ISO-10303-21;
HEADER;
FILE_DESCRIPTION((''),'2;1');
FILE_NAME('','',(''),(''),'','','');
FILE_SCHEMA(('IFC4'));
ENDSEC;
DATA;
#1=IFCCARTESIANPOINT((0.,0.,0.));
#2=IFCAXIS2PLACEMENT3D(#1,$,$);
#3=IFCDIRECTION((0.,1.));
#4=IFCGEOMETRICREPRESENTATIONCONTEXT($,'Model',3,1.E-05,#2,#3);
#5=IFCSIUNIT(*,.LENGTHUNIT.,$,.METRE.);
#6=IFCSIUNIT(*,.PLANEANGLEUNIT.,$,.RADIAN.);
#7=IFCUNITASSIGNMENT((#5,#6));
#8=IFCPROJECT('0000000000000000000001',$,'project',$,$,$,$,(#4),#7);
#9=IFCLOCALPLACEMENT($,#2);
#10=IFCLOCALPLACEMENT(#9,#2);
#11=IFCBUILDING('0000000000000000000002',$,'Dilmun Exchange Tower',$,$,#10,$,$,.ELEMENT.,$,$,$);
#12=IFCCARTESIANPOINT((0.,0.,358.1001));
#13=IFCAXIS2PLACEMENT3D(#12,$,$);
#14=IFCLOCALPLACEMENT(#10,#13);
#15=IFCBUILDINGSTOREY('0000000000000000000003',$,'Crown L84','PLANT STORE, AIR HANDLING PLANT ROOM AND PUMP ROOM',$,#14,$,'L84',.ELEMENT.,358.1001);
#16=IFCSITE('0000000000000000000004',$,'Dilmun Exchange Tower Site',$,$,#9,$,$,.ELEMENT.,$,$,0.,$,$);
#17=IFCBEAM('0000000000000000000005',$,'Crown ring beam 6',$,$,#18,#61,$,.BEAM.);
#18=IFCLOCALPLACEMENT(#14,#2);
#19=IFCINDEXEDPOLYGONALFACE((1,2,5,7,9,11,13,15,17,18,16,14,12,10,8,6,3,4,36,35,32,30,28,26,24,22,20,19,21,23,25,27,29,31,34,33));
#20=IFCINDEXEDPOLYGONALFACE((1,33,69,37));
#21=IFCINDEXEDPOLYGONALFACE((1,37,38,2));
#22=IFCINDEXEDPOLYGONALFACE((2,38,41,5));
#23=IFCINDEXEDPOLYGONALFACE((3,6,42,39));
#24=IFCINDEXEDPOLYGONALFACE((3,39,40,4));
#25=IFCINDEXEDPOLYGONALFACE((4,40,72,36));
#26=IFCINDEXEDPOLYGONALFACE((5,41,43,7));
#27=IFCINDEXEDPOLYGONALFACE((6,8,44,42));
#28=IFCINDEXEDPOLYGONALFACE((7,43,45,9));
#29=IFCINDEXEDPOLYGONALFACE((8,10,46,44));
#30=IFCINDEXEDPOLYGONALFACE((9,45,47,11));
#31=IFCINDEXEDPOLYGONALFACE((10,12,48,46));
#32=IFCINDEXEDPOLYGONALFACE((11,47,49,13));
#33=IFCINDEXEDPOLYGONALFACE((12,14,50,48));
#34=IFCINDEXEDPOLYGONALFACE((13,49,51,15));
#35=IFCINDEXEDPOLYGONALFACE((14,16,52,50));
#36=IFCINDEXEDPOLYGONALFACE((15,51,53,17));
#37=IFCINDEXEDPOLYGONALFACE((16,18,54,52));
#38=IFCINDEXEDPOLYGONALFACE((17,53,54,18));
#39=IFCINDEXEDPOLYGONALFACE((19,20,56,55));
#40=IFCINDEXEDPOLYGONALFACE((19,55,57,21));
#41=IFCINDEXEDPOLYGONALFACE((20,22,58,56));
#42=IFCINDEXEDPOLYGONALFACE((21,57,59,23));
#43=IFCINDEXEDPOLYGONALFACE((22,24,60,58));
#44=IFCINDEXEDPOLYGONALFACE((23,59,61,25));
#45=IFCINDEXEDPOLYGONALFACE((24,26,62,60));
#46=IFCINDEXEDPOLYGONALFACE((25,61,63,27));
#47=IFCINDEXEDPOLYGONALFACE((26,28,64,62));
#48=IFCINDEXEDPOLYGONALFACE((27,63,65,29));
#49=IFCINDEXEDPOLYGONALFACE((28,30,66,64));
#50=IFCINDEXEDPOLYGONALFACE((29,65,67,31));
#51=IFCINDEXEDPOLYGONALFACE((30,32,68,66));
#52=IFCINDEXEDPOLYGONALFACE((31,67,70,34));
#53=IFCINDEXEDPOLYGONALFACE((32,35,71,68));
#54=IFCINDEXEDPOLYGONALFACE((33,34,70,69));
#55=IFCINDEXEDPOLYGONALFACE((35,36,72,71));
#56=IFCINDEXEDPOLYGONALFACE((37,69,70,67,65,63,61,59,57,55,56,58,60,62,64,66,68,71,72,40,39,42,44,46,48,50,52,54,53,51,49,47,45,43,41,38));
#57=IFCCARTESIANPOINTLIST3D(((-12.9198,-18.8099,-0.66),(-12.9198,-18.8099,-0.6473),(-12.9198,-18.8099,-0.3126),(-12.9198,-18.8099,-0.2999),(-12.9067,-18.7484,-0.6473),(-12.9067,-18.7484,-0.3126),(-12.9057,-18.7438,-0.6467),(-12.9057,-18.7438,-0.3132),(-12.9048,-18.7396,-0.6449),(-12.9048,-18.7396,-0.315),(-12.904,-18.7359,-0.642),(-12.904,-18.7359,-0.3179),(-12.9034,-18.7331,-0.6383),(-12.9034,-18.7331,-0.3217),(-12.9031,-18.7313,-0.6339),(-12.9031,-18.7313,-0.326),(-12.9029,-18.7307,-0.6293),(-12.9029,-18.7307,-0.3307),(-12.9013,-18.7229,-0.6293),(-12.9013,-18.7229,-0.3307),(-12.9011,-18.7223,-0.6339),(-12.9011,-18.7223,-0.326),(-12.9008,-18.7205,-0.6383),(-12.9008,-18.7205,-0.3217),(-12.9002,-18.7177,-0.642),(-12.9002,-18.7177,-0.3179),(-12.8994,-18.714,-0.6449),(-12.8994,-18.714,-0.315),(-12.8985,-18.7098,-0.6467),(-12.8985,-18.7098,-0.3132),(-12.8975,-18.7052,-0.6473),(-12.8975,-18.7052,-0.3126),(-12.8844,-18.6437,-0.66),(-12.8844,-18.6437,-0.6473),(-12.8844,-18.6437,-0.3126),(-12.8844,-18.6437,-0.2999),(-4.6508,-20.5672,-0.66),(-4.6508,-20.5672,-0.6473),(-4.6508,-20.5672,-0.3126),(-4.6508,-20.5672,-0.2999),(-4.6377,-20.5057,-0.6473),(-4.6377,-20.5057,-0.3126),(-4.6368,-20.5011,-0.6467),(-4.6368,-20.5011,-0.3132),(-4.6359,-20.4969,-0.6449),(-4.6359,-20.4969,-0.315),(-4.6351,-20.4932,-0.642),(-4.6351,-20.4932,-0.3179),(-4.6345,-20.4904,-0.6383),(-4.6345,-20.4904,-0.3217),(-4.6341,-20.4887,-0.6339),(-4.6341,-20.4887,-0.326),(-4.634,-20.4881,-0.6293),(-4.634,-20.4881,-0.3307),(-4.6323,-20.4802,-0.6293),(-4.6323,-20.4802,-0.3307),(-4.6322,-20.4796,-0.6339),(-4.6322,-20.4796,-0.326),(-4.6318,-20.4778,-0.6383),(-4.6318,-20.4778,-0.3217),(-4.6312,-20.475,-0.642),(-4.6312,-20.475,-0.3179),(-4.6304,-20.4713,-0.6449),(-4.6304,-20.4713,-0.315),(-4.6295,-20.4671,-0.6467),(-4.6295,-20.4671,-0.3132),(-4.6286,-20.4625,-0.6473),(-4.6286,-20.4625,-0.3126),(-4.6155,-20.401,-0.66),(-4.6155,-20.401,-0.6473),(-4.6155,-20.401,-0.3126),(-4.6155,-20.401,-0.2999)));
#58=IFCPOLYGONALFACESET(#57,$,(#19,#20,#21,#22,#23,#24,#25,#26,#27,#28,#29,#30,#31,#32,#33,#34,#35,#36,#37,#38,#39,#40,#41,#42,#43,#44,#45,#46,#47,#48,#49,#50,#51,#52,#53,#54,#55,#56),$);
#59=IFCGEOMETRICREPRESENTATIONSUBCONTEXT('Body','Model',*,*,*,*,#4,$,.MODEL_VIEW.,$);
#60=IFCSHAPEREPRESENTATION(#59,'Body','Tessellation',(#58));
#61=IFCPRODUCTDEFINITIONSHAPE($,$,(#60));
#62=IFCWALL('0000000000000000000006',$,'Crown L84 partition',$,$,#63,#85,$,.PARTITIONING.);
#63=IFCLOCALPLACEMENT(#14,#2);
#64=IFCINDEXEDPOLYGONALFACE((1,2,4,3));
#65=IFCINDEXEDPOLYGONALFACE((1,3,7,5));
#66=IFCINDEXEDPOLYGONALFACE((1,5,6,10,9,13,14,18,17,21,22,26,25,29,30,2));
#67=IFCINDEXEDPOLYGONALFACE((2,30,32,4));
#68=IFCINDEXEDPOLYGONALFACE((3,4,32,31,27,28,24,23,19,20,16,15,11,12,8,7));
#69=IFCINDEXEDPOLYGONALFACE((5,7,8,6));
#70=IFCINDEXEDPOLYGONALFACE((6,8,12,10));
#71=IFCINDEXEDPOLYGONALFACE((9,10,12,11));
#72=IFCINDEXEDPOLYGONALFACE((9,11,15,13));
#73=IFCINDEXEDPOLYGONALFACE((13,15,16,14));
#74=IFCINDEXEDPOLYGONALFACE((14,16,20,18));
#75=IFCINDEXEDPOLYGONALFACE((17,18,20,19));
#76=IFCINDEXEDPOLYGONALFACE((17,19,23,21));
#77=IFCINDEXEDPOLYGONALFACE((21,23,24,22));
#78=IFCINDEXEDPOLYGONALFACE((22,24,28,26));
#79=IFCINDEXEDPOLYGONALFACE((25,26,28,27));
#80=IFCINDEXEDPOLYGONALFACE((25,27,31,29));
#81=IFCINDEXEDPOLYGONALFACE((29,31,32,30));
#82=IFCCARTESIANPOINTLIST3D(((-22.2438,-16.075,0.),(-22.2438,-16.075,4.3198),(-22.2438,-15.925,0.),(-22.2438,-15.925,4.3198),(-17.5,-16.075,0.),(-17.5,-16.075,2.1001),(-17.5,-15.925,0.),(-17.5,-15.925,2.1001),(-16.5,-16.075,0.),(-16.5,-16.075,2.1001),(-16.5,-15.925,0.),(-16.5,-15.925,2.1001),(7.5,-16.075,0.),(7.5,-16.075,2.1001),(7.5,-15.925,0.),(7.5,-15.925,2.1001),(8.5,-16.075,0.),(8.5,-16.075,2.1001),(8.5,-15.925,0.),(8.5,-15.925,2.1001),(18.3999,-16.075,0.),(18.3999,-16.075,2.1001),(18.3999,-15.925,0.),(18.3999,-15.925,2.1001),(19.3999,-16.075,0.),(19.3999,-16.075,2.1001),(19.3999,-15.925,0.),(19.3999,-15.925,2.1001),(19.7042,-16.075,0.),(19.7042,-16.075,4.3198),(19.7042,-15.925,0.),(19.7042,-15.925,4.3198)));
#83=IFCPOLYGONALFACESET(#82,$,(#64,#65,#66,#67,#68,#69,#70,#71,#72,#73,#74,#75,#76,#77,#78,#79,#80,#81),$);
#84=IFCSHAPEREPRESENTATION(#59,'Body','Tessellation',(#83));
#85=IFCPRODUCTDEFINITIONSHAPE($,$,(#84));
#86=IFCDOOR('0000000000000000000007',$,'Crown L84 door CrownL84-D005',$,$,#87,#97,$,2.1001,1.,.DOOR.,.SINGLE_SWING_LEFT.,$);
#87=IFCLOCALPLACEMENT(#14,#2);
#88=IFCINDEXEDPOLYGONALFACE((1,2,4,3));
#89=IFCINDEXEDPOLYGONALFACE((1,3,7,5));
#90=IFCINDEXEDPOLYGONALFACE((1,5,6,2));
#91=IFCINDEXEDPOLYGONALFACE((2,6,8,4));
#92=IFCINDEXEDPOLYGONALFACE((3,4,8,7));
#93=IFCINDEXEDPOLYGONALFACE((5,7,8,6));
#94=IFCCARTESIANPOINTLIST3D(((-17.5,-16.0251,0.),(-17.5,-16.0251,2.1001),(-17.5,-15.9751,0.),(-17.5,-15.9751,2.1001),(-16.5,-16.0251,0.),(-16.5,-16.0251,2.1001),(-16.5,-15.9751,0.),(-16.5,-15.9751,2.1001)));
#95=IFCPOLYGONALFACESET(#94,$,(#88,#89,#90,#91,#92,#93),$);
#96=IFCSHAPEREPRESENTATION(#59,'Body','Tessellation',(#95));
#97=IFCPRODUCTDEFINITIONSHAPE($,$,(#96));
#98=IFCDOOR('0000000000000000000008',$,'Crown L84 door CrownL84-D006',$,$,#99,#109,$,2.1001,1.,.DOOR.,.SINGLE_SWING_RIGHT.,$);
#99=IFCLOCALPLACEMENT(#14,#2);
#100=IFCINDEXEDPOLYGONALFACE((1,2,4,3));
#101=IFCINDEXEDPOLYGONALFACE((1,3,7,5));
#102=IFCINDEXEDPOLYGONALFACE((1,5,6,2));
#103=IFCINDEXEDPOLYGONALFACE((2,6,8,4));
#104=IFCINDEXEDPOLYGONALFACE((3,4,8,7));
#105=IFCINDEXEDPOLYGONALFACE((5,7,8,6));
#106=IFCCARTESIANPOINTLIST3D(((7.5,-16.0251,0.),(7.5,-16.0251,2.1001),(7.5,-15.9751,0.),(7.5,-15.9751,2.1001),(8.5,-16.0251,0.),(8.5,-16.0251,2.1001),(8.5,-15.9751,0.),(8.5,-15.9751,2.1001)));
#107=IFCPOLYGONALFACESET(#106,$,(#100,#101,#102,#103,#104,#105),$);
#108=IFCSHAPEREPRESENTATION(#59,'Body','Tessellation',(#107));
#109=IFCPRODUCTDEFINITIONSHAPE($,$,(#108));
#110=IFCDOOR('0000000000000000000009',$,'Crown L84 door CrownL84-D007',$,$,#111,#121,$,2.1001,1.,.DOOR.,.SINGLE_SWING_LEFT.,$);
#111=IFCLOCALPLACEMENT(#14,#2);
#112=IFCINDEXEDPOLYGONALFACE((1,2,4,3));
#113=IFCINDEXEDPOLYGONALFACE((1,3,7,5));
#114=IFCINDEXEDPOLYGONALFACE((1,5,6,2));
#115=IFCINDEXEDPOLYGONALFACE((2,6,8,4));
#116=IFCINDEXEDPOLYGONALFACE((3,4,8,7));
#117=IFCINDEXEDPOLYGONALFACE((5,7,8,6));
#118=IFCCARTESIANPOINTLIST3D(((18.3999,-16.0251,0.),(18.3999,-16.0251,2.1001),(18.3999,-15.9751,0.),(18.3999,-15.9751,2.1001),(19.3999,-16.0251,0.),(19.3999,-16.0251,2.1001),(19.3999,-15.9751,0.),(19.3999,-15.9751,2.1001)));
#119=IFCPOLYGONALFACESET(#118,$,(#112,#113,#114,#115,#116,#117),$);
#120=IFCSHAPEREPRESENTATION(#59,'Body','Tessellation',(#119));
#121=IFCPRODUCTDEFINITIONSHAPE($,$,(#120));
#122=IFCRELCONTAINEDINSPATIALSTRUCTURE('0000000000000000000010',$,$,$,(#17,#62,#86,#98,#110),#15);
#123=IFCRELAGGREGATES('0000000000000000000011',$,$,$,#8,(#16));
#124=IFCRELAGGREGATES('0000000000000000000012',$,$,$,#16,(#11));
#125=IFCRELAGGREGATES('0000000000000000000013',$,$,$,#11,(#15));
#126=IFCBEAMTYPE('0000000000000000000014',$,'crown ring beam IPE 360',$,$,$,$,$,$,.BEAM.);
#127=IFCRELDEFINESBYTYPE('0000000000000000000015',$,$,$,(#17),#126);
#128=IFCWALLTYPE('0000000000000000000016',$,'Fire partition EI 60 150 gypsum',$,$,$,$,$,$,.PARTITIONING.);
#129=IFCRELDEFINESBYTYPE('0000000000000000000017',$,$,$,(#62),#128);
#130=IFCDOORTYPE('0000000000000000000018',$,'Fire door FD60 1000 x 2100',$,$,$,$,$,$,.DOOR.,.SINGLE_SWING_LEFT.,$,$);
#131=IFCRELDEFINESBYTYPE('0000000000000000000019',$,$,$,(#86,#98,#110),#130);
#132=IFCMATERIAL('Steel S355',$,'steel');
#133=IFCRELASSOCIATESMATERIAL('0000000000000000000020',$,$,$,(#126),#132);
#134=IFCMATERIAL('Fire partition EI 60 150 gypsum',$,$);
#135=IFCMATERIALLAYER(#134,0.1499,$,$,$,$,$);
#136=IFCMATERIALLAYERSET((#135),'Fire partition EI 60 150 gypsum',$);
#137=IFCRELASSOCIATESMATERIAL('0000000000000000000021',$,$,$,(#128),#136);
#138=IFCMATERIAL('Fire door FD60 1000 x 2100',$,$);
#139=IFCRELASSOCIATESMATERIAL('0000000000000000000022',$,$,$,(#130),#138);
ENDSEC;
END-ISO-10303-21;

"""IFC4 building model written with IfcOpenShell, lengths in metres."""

from ifc_helpers import new_model, si_unit, direction, frame, frame_2d, origin, origin_2d, place, context, subcontext, project, spatial, rectangle, i_section, extrude, material, layer, layer_set, material_profile, profile_set, type_object, element, fill, save


model = new_model("IFC4")

# Units and contexts
model_context = context("Model", 3, precision=1e-05, world=origin(), true_north=direction((0.0, 1.0)))
body_context = subcontext(model_context, "Body", "Model", "MODEL_VIEW")
ifc_project = project(units=[si_unit("LENGTHUNIT", "METRE"), si_unit("PLANEANGLEUNIT", "RADIAN")], contexts=[model_context])

# Site, building, storey
site_placement = place(None, origin())
site = spatial("IfcSite", under=ifc_project, at=site_placement, Name="Dilmun Exchange Tower Site", CompositionType="ELEMENT", RefElevation=0.0)
building_placement = place(site_placement, origin())
building = spatial("IfcBuilding", under=site, at=building_placement, Name="Dilmun Exchange Tower", CompositionType="ELEMENT")
storey_placement = place(building_placement, frame((0.0, 0.0, 358.1001)))
storey = spatial("IfcBuildingStorey", under=building, at=storey_placement, Name="Crown L84", Description="PLANT STORE, AIR HANDLING PLANT ROOM AND PUMP ROOM", LongName="L84", CompositionType="ELEMENT", Elevation=358.1001)

# Beam
ifc_material_1 = material(Name="Steel S355", Category="steel")
ifc_material_profile_1 = material_profile(ifc_material_1, i_section(OverallWidth=0.1699, OverallDepth=0.3601, WebThickness=0.0081, FlangeThickness=0.0127, FilletRadius=0.0181, at=origin_2d()), Name="IPE 360")
ifc_profile_set_1 = profile_set([ifc_material_profile_1], Name="Steel S355")
beam_type_1 = type_object("IfcBeamType", Name="crown ring beam IPE 360", PredefinedType="BEAM", material=ifc_profile_set_1)
beam_1_placement = place(storey_placement, frame((-12.9021, -18.7268, -0.48), z_axis=(0.978155, -0.207876, 0.0), x_axis=(0.207876, 0.978155, 0.0)))
element("IfcBeam", 1, at=beam_1_placement, inside=storey, type_object=beam_type_1, Name="Crown ring beam 6", PredefinedType="BEAM", context=body_context, shape_type="SweptSolid", body=[
    extrude(i_section(OverallWidth=0.1699, OverallDepth=0.3601, WebThickness=0.0081, FlangeThickness=0.0127, FilletRadius=0.0181, at=origin_2d()), origin(), (0.0, 0.0, 1.0), 8.4536),
])

# Wall, openings, doors
ifc_material_2 = material(Name="Fire partition EI 60 150 gypsum")
ifc_layer_1 = layer(ifc_material_2, 0.1499)
ifc_layer_set_1 = layer_set([ifc_layer_1], Name="Fire partition EI 60 150 gypsum")
wall_type_1 = type_object("IfcWallType", Name="Fire partition EI 60 150 gypsum", PredefinedType="PARTITIONING", material=ifc_layer_set_1)
wall_1_placement = place(storey_placement, frame((-22.2439, -16.0, 0.0), z_axis=(0.0, 0.0, 1.0), x_axis=(1.0, 0.0, 0.0)))
wall_1 = element("IfcWall", 2, at=wall_1_placement, inside=storey, type_object=wall_type_1, Name="Crown L84 partition", PredefinedType="PARTITIONING", context=body_context, shape_type="SweptSolid", body=[
    extrude(rectangle(XDim=41.948, YDim=0.1499, at=frame_2d((20.9741, 0.0))), origin(), (0.0, 0.0, 1.0), 4.3198),
])
opening_1_placement = place(wall_1_placement, frame((4.7439, 0.0, 0.0)))
opening_1 = element("IfcOpeningElement", 3, at=opening_1_placement, cuts=wall_1, PredefinedType="OPENING", context=body_context, shape_type="SweptSolid", body=[
    extrude(rectangle(XDim=1.0, YDim=2.1001, at=frame_2d((0.5, 1.05))), frame((0.0, 0.085, 0.0), z_axis=(0.0, -1.0, 0.0), x_axis=(1.0, 0.0, 0.0)), (0.0, 0.0, 1.0), 0.1699),
])
opening_2_placement = place(wall_1_placement, frame((29.7439, 0.0, 0.0)))
opening_2 = element("IfcOpeningElement", 4, at=opening_2_placement, cuts=wall_1, PredefinedType="OPENING", context=body_context, shape_type="SweptSolid", body=[
    extrude(rectangle(XDim=1.0, YDim=2.1001, at=frame_2d((0.5, 1.05))), frame((0.0, 0.085, 0.0), z_axis=(0.0, -1.0, 0.0), x_axis=(1.0, 0.0, 0.0)), (0.0, 0.0, 1.0), 0.1699),
])
opening_3_placement = place(wall_1_placement, frame((40.6438, 0.0, 0.0)))
opening_3 = element("IfcOpeningElement", 5, at=opening_3_placement, cuts=wall_1, PredefinedType="OPENING", context=body_context, shape_type="SweptSolid", body=[
    extrude(rectangle(XDim=1.0, YDim=2.1001, at=frame_2d((0.5, 1.05))), frame((0.0, 0.085, 0.0), z_axis=(0.0, -1.0, 0.0), x_axis=(1.0, 0.0, 0.0)), (0.0, 0.0, 1.0), 0.1699),
])
ifc_material_3 = material(Name="Fire door FD60 1000 x 2100")
door_type = type_object("IfcDoorType", Name="Fire door FD60 1000 x 2100", OperationType="SINGLE_SWING_LEFT", PredefinedType="DOOR", material=ifc_material_3)
door_1_placement = place(opening_1_placement, origin())
door_1 = element("IfcDoor", 6, at=door_1_placement, inside=storey, type_object=door_type, Name="Crown L84 door CrownL84-D005", OperationType="SINGLE_SWING_LEFT", OverallHeight=2.1001, OverallWidth=1.0, PredefinedType="DOOR", context=body_context, shape_type="SweptSolid", body=[
    extrude(rectangle(XDim=1.0, YDim=2.1001, at=frame_2d((0.5, 1.05))), frame((0.0, 0.0249, 0.0), z_axis=(0.0, -1.0, 0.0), x_axis=(1.0, 0.0, 0.0)), (0.0, 0.0, 1.0), 0.05),
])
fill(opening_1, door_1)
door_2_placement = place(opening_2_placement, origin())
door_2 = element("IfcDoor", 7, at=door_2_placement, inside=storey, type_object=door_type, Name="Crown L84 door CrownL84-D006", OperationType="SINGLE_SWING_RIGHT", OverallHeight=2.1001, OverallWidth=1.0, PredefinedType="DOOR", context=body_context, shape_type="SweptSolid", body=[
    extrude(rectangle(XDim=1.0, YDim=2.1001, at=frame_2d((0.5, 1.05))), frame((0.0, 0.0249, 0.0), z_axis=(0.0, -1.0, 0.0), x_axis=(1.0, 0.0, 0.0)), (0.0, 0.0, 1.0), 0.05),
])
fill(opening_2, door_2)
door_3_placement = place(opening_3_placement, origin())
door_3 = element("IfcDoor", 8, at=door_3_placement, inside=storey, type_object=door_type, Name="Crown L84 door CrownL84-D007", OperationType="SINGLE_SWING_LEFT", OverallHeight=2.1001, OverallWidth=1.0, PredefinedType="DOOR", context=body_context, shape_type="SweptSolid", body=[
    extrude(rectangle(XDim=1.0, YDim=2.1001, at=frame_2d((0.5, 1.05))), frame((0.0, 0.0249, 0.0), z_axis=(0.0, -1.0, 0.0), x_axis=(1.0, 0.0, 0.0)), (0.0, 0.0, 1.0), 0.05),
])
fill(opening_3, door_3)

save(model, "model.ifc")
